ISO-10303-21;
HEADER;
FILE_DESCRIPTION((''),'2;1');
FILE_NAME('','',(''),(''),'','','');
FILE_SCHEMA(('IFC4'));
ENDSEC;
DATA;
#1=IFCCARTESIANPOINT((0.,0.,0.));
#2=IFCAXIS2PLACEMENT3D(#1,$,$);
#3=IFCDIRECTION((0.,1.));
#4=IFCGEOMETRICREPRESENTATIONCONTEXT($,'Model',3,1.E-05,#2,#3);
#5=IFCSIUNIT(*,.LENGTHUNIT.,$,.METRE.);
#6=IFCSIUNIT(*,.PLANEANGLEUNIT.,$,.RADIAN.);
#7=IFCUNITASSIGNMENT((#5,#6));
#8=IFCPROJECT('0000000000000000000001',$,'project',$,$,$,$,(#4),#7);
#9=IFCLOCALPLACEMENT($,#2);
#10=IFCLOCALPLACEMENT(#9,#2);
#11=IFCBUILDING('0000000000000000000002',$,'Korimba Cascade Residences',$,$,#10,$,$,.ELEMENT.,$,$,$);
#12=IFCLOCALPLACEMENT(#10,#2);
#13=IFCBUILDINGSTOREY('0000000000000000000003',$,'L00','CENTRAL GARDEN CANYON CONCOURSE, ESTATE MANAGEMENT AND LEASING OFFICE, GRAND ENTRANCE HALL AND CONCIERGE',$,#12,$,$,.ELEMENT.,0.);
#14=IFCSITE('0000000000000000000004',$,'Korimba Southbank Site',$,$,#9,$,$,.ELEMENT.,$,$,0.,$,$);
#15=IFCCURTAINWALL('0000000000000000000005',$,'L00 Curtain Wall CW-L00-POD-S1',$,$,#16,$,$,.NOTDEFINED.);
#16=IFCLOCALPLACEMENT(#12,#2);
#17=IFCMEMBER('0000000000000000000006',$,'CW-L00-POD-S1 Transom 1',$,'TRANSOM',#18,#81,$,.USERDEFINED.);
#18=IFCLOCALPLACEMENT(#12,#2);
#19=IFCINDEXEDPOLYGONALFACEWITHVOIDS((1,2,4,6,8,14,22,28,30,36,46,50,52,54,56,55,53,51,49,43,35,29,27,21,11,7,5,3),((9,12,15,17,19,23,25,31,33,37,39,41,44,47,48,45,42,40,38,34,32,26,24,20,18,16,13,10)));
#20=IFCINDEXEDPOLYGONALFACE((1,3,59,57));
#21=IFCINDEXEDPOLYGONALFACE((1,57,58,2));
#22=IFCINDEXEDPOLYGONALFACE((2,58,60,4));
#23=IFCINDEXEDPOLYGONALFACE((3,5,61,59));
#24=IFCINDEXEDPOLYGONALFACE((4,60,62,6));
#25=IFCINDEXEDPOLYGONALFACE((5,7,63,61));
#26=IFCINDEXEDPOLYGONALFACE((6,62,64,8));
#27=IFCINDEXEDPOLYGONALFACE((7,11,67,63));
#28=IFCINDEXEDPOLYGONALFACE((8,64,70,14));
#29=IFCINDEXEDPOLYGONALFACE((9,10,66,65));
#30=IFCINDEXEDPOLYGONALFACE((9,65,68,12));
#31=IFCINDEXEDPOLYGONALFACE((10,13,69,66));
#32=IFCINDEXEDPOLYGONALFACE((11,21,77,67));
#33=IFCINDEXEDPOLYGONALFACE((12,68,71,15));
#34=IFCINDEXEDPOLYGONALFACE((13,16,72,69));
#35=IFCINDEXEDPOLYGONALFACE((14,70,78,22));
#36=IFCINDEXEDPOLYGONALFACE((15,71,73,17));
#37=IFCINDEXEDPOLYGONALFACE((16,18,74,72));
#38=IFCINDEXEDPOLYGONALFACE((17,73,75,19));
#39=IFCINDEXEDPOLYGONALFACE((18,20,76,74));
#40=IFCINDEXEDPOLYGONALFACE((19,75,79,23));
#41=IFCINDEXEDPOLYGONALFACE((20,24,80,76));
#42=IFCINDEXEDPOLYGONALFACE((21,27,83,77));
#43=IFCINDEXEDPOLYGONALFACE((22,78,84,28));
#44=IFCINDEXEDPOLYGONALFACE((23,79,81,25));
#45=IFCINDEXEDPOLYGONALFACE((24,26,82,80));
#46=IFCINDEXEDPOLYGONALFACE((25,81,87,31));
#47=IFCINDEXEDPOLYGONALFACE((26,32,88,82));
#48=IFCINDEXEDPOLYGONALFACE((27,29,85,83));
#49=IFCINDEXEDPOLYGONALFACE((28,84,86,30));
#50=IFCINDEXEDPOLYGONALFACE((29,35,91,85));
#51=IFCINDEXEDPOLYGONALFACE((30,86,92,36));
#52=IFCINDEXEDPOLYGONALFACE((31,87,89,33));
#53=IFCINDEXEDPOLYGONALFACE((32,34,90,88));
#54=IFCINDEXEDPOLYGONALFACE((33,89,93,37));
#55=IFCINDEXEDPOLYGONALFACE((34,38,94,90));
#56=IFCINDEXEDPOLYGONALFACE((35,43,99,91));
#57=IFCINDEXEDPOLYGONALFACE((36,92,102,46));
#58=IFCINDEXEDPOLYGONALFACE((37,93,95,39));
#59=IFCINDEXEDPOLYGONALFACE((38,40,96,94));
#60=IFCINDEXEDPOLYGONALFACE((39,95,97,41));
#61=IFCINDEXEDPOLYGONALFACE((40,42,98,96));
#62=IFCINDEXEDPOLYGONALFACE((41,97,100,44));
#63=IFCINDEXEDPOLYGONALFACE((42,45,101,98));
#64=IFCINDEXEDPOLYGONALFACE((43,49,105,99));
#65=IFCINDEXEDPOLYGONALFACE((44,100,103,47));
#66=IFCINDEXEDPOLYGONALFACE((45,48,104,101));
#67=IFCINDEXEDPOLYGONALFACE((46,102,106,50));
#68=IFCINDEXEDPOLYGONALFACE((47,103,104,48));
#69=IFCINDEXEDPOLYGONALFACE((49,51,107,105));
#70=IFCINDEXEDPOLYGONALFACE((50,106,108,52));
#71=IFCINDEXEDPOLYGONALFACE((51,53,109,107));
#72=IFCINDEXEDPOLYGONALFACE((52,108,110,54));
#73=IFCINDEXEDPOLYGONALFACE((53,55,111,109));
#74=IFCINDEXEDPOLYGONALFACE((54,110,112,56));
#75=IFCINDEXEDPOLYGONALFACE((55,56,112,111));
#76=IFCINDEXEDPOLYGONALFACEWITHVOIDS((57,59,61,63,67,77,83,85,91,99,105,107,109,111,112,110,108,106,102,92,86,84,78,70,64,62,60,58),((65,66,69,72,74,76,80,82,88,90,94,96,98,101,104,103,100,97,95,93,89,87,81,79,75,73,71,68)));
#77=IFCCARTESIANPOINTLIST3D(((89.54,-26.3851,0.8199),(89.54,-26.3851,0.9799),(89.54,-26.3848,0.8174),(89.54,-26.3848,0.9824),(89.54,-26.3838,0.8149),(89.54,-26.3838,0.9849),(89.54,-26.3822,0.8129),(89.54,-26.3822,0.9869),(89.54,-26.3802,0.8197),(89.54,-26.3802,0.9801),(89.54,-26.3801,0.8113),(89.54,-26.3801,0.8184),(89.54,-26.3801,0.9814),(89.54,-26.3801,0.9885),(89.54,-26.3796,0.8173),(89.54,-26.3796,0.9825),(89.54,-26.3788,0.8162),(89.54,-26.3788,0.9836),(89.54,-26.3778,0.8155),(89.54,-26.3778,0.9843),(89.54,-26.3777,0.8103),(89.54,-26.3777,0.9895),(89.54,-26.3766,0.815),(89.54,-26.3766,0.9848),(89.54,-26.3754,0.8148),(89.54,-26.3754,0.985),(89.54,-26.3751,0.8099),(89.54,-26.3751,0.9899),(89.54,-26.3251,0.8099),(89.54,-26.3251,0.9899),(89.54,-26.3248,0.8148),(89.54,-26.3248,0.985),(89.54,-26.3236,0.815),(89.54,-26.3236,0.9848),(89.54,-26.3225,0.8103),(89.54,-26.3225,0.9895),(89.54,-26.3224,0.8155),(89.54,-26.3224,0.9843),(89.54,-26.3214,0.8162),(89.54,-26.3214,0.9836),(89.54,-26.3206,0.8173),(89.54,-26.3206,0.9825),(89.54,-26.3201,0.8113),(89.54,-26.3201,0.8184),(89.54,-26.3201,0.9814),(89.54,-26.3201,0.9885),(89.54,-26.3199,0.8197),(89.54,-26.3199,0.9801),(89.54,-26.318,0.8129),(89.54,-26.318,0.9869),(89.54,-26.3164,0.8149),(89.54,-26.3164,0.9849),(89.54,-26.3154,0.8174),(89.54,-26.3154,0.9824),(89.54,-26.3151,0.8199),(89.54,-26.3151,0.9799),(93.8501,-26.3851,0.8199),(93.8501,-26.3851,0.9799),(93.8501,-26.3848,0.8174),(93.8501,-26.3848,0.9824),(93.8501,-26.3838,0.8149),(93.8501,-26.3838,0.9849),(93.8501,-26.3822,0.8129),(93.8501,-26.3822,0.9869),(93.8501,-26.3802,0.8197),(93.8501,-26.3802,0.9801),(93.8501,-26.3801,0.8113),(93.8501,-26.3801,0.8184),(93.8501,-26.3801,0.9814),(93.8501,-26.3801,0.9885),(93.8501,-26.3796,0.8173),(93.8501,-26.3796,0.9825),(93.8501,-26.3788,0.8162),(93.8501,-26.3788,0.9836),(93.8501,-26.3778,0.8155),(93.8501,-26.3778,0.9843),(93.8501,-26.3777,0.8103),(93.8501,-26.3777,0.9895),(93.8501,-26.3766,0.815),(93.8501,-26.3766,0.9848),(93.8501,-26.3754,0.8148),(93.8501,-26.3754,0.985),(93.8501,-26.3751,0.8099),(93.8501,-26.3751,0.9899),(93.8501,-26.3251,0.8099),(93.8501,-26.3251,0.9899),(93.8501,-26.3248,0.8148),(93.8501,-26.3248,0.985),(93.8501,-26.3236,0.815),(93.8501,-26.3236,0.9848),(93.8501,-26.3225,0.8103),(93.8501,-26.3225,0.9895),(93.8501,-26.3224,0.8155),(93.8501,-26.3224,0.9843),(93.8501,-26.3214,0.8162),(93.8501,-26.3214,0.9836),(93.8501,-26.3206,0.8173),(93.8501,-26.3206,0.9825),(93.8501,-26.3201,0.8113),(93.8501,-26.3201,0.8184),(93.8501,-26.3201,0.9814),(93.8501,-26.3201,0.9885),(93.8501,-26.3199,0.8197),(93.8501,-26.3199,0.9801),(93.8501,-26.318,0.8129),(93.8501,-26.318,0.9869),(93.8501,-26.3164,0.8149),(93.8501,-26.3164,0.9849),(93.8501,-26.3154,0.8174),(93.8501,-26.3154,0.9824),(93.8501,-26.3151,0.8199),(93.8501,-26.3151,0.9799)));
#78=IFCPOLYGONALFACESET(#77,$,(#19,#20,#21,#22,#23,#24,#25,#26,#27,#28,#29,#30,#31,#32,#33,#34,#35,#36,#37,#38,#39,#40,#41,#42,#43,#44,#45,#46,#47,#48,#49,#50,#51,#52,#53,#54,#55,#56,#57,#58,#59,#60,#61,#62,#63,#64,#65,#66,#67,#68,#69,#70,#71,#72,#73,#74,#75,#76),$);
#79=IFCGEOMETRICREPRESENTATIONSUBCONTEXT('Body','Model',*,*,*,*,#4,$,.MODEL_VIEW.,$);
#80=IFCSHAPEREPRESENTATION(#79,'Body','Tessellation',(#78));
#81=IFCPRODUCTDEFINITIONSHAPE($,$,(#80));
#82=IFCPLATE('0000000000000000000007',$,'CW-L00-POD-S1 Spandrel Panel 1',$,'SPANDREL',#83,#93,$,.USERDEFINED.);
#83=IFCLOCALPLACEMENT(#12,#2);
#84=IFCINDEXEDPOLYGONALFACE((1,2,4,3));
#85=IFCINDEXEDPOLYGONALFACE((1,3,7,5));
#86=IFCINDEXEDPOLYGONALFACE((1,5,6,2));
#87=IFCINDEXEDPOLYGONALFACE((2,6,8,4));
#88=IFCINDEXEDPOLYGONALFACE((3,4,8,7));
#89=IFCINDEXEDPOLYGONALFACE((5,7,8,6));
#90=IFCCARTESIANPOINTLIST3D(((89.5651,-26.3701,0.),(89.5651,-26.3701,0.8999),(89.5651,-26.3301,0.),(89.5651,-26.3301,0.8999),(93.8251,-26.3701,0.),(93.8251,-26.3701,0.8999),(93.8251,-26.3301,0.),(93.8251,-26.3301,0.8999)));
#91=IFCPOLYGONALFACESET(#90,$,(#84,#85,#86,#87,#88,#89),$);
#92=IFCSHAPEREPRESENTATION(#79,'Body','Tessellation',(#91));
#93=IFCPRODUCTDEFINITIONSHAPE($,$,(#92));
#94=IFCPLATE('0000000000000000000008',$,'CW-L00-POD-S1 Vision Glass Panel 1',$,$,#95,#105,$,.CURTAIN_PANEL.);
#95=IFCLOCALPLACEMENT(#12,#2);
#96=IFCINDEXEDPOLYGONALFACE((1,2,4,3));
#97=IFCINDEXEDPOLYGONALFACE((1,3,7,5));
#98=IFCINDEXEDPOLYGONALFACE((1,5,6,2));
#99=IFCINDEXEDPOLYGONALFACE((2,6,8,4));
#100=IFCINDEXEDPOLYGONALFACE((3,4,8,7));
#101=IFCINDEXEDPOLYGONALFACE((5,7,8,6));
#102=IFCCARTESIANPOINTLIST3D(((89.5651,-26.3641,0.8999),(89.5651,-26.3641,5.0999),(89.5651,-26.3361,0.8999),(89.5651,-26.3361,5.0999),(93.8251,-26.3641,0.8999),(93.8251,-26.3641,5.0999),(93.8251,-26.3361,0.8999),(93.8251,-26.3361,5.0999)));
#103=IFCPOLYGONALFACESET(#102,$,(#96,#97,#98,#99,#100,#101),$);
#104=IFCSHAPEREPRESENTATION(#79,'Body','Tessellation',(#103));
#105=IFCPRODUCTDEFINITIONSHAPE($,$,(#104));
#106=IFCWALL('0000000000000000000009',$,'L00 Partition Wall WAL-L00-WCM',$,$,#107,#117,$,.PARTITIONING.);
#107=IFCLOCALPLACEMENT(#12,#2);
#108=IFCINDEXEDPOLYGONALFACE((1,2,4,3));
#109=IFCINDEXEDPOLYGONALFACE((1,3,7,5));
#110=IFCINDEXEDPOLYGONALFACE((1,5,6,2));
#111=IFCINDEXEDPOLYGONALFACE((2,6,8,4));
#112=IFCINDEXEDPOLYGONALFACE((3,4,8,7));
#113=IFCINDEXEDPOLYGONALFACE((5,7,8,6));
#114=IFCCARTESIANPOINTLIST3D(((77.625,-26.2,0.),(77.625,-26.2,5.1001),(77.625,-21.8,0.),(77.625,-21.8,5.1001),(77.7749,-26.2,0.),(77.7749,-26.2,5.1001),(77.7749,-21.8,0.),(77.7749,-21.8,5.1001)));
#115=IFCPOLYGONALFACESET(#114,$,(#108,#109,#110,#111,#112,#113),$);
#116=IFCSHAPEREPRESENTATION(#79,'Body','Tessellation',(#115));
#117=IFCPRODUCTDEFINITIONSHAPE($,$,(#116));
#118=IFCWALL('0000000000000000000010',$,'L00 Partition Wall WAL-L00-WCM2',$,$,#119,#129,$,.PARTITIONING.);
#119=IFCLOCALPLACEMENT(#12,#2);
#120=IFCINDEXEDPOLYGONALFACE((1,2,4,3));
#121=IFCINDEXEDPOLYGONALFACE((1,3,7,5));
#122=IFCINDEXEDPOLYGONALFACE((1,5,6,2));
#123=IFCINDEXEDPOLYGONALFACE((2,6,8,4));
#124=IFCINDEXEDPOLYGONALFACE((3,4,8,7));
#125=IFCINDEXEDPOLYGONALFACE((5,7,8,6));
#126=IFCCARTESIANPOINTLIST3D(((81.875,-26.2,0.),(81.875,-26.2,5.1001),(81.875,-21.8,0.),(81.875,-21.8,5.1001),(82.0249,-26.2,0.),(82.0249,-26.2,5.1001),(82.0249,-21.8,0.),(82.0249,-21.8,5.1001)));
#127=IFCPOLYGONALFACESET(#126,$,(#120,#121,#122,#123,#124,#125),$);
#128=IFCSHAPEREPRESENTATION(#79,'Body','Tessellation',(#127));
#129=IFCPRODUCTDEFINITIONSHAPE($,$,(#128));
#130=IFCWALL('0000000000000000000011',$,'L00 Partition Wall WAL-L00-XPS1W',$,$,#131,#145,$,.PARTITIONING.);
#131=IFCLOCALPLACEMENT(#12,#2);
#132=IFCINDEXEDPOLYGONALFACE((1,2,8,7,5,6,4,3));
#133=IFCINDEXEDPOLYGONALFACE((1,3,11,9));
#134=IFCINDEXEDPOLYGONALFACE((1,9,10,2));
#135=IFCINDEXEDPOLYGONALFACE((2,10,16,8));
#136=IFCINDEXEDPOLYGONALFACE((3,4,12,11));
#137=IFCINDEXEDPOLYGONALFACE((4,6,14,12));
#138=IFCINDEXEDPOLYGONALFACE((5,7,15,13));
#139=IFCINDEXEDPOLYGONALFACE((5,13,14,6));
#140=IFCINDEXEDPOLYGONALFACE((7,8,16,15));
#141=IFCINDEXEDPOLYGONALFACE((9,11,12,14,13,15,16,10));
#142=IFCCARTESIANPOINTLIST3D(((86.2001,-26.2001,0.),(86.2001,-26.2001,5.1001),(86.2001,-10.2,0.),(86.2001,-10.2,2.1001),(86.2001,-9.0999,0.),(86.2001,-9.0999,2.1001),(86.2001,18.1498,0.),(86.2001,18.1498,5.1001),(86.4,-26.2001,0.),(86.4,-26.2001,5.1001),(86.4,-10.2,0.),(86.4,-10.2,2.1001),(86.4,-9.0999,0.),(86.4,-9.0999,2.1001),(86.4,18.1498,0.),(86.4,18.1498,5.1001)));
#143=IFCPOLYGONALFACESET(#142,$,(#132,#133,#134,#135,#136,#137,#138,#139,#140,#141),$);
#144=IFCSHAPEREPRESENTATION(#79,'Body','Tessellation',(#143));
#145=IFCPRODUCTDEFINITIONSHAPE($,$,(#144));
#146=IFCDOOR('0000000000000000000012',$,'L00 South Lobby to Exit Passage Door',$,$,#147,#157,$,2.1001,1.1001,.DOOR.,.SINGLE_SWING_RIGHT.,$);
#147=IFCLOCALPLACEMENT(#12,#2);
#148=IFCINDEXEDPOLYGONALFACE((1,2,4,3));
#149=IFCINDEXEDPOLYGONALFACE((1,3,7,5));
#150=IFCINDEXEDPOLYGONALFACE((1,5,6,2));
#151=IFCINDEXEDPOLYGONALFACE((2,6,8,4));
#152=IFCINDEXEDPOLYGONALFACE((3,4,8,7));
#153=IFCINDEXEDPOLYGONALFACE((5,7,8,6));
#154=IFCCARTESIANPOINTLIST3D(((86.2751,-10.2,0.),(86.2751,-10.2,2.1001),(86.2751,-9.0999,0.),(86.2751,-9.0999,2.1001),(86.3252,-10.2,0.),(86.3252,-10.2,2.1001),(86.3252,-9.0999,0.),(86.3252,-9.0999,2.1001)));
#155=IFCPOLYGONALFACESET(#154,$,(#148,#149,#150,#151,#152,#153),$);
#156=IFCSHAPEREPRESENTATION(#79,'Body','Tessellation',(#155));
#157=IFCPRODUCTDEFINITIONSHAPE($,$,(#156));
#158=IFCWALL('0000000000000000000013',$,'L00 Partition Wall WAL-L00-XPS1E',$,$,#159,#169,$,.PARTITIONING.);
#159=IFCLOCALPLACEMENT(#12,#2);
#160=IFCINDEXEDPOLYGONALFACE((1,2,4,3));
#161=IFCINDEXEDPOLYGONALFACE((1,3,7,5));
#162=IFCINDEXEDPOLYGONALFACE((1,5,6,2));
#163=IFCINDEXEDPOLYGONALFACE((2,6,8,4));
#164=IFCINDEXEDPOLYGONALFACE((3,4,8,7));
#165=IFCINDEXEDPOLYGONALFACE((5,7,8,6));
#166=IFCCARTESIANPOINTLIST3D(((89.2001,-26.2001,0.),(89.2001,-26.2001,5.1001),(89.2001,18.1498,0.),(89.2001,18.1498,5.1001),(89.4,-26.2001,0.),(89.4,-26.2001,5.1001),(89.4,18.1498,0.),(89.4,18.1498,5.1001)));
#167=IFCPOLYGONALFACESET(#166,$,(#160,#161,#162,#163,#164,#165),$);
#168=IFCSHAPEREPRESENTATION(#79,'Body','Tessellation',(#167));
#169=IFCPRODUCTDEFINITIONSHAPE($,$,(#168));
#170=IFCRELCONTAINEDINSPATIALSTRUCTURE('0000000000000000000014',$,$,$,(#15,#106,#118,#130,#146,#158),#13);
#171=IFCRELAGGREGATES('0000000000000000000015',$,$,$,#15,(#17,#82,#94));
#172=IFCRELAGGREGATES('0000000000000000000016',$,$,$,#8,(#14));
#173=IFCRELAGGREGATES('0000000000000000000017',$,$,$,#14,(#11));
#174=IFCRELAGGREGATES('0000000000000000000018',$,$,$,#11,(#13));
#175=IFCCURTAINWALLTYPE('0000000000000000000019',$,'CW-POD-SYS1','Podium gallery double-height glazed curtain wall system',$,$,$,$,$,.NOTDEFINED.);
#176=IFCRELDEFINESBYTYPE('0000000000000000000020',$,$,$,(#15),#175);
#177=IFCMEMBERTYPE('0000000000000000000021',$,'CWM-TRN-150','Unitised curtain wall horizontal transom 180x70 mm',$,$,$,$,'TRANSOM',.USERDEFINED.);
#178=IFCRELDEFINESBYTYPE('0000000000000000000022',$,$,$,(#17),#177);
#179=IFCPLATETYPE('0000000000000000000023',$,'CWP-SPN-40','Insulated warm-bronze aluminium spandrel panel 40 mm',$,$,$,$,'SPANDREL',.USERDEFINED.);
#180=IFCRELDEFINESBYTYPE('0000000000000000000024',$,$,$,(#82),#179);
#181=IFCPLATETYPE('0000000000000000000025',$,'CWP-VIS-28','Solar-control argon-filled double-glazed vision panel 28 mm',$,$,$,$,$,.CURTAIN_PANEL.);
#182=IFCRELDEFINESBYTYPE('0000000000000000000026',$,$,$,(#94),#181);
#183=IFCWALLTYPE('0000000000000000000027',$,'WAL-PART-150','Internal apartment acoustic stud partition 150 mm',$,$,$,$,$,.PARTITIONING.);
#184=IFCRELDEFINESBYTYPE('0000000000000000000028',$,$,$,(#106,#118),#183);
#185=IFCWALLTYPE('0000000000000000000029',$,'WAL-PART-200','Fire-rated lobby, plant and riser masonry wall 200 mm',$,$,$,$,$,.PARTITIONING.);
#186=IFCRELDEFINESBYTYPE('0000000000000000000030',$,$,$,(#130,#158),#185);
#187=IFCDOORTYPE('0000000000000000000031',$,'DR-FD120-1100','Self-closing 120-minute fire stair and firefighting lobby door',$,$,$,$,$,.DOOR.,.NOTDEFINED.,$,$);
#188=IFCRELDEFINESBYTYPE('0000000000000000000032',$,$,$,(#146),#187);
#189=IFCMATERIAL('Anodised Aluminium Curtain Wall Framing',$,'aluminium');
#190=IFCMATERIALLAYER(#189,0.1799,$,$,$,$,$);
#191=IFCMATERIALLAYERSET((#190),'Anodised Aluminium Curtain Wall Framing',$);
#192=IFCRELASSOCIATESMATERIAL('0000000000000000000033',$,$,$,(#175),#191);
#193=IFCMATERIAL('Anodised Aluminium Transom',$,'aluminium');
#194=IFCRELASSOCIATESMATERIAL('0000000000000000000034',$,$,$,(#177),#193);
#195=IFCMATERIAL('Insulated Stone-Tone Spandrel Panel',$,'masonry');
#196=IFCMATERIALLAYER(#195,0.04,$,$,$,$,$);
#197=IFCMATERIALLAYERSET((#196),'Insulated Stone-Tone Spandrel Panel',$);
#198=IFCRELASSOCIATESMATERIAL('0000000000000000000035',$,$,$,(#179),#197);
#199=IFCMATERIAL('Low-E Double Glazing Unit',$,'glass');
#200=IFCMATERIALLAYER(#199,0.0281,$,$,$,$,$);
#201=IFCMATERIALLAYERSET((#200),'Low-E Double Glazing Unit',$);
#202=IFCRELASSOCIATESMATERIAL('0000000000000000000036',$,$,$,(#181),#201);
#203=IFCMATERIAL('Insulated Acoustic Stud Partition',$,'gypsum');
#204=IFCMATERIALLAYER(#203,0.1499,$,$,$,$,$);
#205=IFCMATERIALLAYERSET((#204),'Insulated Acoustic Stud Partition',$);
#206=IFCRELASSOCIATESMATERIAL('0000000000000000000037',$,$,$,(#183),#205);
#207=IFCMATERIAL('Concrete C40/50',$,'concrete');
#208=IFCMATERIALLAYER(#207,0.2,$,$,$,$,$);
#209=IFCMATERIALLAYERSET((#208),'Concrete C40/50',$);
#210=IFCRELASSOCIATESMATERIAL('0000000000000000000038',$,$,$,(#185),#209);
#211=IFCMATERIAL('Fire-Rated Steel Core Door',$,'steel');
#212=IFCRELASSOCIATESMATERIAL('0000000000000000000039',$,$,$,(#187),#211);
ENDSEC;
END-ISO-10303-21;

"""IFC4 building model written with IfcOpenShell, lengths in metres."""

from ifc_helpers import new_model, si_unit, direction, frame, frame_2d, origin, origin_2d, place, context, subcontext, project, spatial, rectangle, hollow_rectangle, extrude, material, layer, layer_set, material_profile, profile_set, type_object, element, fill, aggregate, save


model = new_model("IFC4")

# Units and contexts
model_context = context("Model", 3, precision=1e-05, world=origin(), true_north=direction((0.0, 1.0)))
body_context = subcontext(model_context, "Body", "Model", "MODEL_VIEW")
ifc_project = project(units=[si_unit("LENGTHUNIT", "METRE"), si_unit("PLANEANGLEUNIT", "RADIAN")], contexts=[model_context])

# Site, building, storey
site_placement = place(None, origin())
site = spatial("IfcSite", under=ifc_project, at=site_placement, Name="Korimba Southbank Site", CompositionType="ELEMENT", RefElevation=0.0)
building_placement = place(site_placement, origin())
building = spatial("IfcBuilding", under=site, at=building_placement, Name="Korimba Cascade Residences", CompositionType="ELEMENT")
storey_placement = place(building_placement, origin())
storey = spatial("IfcBuildingStorey", under=building, at=storey_placement, Name="L00", Description="CENTRAL GARDEN CANYON CONCOURSE, ESTATE MANAGEMENT AND LEASING OFFICE, GRAND ENTRANCE HALL AND CONCIERGE", CompositionType="ELEMENT", Elevation=0.0)

# Curtain wall, member, plates
ifc_material_1 = material(Name="Anodised Aluminium Curtain Wall Framing", Category="aluminium")
ifc_layer_1 = layer(ifc_material_1, 0.1799)
ifc_layer_set_1 = layer_set([ifc_layer_1], Name="Anodised Aluminium Curtain Wall Framing")
curtain_wall_type = type_object("IfcCurtainWallType", Name="CW-POD-SYS1", Description="Podium gallery double-height glazed curtain wall system", PredefinedType="NOTDEFINED", material=ifc_layer_set_1)
curtain_wall_placement = place(storey_placement, origin())
curtain_wall = element("IfcCurtainWall", 1, at=curtain_wall_placement, inside=storey, type_object=curtain_wall_type, Name="L00 Curtain Wall CW-L00-POD-S1", PredefinedType="NOTDEFINED")
ifc_material_2 = material(Name="Anodised Aluminium Transom", Category="aluminium")
ifc_material_profile_1 = material_profile(ifc_material_2, hollow_rectangle(XDim=0.0701, YDim=0.1799, WallThickness=0.0049, InnerFilletRadius=0.0049, OuterFilletRadius=0.01, at=origin_2d()), Name="Anodised Aluminium Transom")
ifc_profile_set_1 = profile_set([ifc_material_profile_1], Name="Anodised Aluminium Transom")
member_type_1 = type_object("IfcMemberType", Name="CWM-TRN-150", Description="Unitised curtain wall horizontal transom 180x70 mm", ElementType="TRANSOM", PredefinedType="USERDEFINED", material=ifc_profile_set_1)
member_1_placement = place(storey_placement, frame((89.54, -26.3501, 0.8999), z_axis=(1.0, 0.0, 0.0), x_axis=(0.0, 1.0, 0.0)))
member_1 = element("IfcMember", 2, at=member_1_placement, type_object=member_type_1, Name="CW-L00-POD-S1 Transom 1", ObjectType="TRANSOM", PredefinedType="USERDEFINED", context=body_context, shape_type="SweptSolid", body=[
    extrude(hollow_rectangle(XDim=0.0701, YDim=0.1799, WallThickness=0.0049, InnerFilletRadius=0.0049, OuterFilletRadius=0.01, at=origin_2d()), origin(), (0.0, 0.0, 1.0), 4.3101),
])
ifc_material_3 = material(Name="Insulated Stone-Tone Spandrel Panel", Category="masonry")
ifc_layer_2 = layer(ifc_material_3, 0.04)
ifc_layer_set_2 = layer_set([ifc_layer_2], Name="Insulated Stone-Tone Spandrel Panel")
plate_type_1 = type_object("IfcPlateType", Name="CWP-SPN-40", Description="Insulated warm-bronze aluminium spandrel panel 40 mm", ElementType="SPANDREL", PredefinedType="USERDEFINED", material=ifc_layer_set_2)
plate_1_placement = place(storey_placement, frame((91.6951, -26.3501, 0.0), z_axis=(0.0, 0.0, 1.0), x_axis=(1.0, 0.0, 0.0)))
plate_1 = element("IfcPlate", 3, at=plate_1_placement, type_object=plate_type_1, Name="CW-L00-POD-S1 Spandrel Panel 1", ObjectType="SPANDREL", PredefinedType="USERDEFINED", context=body_context, shape_type="SweptSolid", body=[
    extrude(rectangle(XDim=4.26, YDim=0.04, at=origin_2d()), origin(), (0.0, 0.0, 1.0), 0.8999),
])
ifc_material_4 = material(Name="Low-E Double Glazing Unit", Category="glass")
ifc_layer_3 = layer(ifc_material_4, 0.0281)
ifc_layer_set_3 = layer_set([ifc_layer_3], Name="Low-E Double Glazing Unit")
plate_type_2 = type_object("IfcPlateType", Name="CWP-VIS-28", Description="Solar-control argon-filled double-glazed vision panel 28 mm", PredefinedType="CURTAIN_PANEL", material=ifc_layer_set_3)
plate_2_placement = place(storey_placement, frame((91.6951, -26.3501, 0.8999), z_axis=(0.0, 0.0, 1.0), x_axis=(1.0, 0.0, 0.0)))
plate_2 = element("IfcPlate", 4, at=plate_2_placement, type_object=plate_type_2, Name="CW-L00-POD-S1 Vision Glass Panel 1", PredefinedType="CURTAIN_PANEL", context=body_context, shape_type="SweptSolid", body=[
    extrude(rectangle(XDim=4.26, YDim=0.0281, at=origin_2d()), origin(), (0.0, 0.0, 1.0), 4.2),
])
aggregate(curtain_wall, [member_1, plate_1, plate_2])

# Walls
ifc_material_5 = material(Name="Insulated Acoustic Stud Partition", Category="gypsum")
ifc_layer_4 = layer(ifc_material_5, 0.1499)
ifc_layer_set_4 = layer_set([ifc_layer_4], Name="Insulated Acoustic Stud Partition")
wall_type_1 = type_object("IfcWallType", Name="WAL-PART-150", Description="Internal apartment acoustic stud partition 150 mm", PredefinedType="PARTITIONING", material=ifc_layer_set_4)
for number, where, z_axis, x_axis, name in (
    (5, (77.7, -26.2, 0.0), (0.0, 0.0, 1.0), (0.0, 1.0, 0.0), "L00 Partition Wall WAL-L00-WCM"),
    (6, (81.95, -26.2, 0.0), (0.0, 0.0, 1.0), (0.0, 1.0, 0.0), "L00 Partition Wall WAL-L00-WCM2"),
):
    element("IfcWall", number, at=place(storey_placement, frame(where, z_axis=z_axis, x_axis=x_axis)), inside=storey, type_object=wall_type_1, Name=name, PredefinedType="PARTITIONING", context=body_context, shape_type="SweptSolid", body=[
        extrude(rectangle(XDim=4.3999, YDim=0.1499, at=frame_2d((2.2, 0.0))), origin(), (0.0, 0.0, 1.0), 5.1001),
    ])

# Wall, opening, door
ifc_material_6 = material(Name="Concrete C40/50", Category="concrete")
ifc_layer_5 = layer(ifc_material_6, 0.2)
ifc_layer_set_5 = layer_set([ifc_layer_5], Name="Concrete C40/50")
wall_type_2 = type_object("IfcWallType", Name="WAL-PART-200", Description="Fire-rated lobby, plant and riser masonry wall 200 mm", PredefinedType="PARTITIONING", material=ifc_layer_set_5)
wall_1_placement = place(storey_placement, frame((86.3, -26.2, 0.0), z_axis=(0.0, 0.0, 1.0), x_axis=(0.0, 1.0, 0.0)))
wall_1 = element("IfcWall", 7, at=wall_1_placement, inside=storey, type_object=wall_type_2, Name="L00 Partition Wall WAL-L00-XPS1W", PredefinedType="PARTITIONING", context=body_context, shape_type="SweptSolid", body=[
    extrude(rectangle(XDim=44.3499, YDim=0.2, at=frame_2d((22.1748, 0.0))), origin(), (0.0, 0.0, 1.0), 5.1001),
])
opening_placement = place(wall_1_placement, frame((16.0, 0.0, 0.0)))
opening = element("IfcOpeningElement", 8, at=opening_placement, cuts=wall_1, PredefinedType="OPENING", context=body_context, shape_type="SweptSolid", body=[
    extrude(rectangle(XDim=1.1001, YDim=2.1001, at=frame_2d((0.55, 1.05))), frame((0.0, 0.1099, 0.0), z_axis=(0.0, -1.0, 0.0), x_axis=(1.0, 0.0, 0.0)), (0.0, 0.0, 1.0), 0.22),
])
ifc_material_7 = material(Name="Fire-Rated Steel Core Door", Category="steel")
door_type = type_object("IfcDoorType", Name="DR-FD120-1100", Description="Self-closing 120-minute fire stair and firefighting lobby door", OperationType="NOTDEFINED", PredefinedType="DOOR", material=ifc_material_7)
door_placement = place(opening_placement, origin())
door = element("IfcDoor", 9, at=door_placement, inside=storey, type_object=door_type, Name="L00 South Lobby to Exit Passage Door", OperationType="SINGLE_SWING_RIGHT", OverallHeight=2.1001, OverallWidth=1.1001, PredefinedType="DOOR", context=body_context, shape_type="SweptSolid", body=[
    extrude(rectangle(XDim=1.1001, YDim=2.1001, at=frame_2d((0.55, 1.05))), frame((0.0, 0.0249, 0.0), z_axis=(0.0, -1.0, 0.0), x_axis=(1.0, 0.0, 0.0)), (0.0, 0.0, 1.0), 0.05),
])
fill(opening, door)

# Wall
wall_2_placement = place(storey_placement, frame((89.3, -26.2, 0.0), z_axis=(0.0, 0.0, 1.0), x_axis=(0.0, 1.0, 0.0)))
element("IfcWall", 10, at=wall_2_placement, inside=storey, type_object=wall_type_2, Name="L00 Partition Wall WAL-L00-XPS1E", PredefinedType="PARTITIONING", context=body_context, shape_type="SweptSolid", body=[
    extrude(rectangle(XDim=44.3499, YDim=0.2, at=frame_2d((22.1748, 0.0))), origin(), (0.0, 0.0, 1.0), 5.1001),
])

save(model, "model.ifc")
